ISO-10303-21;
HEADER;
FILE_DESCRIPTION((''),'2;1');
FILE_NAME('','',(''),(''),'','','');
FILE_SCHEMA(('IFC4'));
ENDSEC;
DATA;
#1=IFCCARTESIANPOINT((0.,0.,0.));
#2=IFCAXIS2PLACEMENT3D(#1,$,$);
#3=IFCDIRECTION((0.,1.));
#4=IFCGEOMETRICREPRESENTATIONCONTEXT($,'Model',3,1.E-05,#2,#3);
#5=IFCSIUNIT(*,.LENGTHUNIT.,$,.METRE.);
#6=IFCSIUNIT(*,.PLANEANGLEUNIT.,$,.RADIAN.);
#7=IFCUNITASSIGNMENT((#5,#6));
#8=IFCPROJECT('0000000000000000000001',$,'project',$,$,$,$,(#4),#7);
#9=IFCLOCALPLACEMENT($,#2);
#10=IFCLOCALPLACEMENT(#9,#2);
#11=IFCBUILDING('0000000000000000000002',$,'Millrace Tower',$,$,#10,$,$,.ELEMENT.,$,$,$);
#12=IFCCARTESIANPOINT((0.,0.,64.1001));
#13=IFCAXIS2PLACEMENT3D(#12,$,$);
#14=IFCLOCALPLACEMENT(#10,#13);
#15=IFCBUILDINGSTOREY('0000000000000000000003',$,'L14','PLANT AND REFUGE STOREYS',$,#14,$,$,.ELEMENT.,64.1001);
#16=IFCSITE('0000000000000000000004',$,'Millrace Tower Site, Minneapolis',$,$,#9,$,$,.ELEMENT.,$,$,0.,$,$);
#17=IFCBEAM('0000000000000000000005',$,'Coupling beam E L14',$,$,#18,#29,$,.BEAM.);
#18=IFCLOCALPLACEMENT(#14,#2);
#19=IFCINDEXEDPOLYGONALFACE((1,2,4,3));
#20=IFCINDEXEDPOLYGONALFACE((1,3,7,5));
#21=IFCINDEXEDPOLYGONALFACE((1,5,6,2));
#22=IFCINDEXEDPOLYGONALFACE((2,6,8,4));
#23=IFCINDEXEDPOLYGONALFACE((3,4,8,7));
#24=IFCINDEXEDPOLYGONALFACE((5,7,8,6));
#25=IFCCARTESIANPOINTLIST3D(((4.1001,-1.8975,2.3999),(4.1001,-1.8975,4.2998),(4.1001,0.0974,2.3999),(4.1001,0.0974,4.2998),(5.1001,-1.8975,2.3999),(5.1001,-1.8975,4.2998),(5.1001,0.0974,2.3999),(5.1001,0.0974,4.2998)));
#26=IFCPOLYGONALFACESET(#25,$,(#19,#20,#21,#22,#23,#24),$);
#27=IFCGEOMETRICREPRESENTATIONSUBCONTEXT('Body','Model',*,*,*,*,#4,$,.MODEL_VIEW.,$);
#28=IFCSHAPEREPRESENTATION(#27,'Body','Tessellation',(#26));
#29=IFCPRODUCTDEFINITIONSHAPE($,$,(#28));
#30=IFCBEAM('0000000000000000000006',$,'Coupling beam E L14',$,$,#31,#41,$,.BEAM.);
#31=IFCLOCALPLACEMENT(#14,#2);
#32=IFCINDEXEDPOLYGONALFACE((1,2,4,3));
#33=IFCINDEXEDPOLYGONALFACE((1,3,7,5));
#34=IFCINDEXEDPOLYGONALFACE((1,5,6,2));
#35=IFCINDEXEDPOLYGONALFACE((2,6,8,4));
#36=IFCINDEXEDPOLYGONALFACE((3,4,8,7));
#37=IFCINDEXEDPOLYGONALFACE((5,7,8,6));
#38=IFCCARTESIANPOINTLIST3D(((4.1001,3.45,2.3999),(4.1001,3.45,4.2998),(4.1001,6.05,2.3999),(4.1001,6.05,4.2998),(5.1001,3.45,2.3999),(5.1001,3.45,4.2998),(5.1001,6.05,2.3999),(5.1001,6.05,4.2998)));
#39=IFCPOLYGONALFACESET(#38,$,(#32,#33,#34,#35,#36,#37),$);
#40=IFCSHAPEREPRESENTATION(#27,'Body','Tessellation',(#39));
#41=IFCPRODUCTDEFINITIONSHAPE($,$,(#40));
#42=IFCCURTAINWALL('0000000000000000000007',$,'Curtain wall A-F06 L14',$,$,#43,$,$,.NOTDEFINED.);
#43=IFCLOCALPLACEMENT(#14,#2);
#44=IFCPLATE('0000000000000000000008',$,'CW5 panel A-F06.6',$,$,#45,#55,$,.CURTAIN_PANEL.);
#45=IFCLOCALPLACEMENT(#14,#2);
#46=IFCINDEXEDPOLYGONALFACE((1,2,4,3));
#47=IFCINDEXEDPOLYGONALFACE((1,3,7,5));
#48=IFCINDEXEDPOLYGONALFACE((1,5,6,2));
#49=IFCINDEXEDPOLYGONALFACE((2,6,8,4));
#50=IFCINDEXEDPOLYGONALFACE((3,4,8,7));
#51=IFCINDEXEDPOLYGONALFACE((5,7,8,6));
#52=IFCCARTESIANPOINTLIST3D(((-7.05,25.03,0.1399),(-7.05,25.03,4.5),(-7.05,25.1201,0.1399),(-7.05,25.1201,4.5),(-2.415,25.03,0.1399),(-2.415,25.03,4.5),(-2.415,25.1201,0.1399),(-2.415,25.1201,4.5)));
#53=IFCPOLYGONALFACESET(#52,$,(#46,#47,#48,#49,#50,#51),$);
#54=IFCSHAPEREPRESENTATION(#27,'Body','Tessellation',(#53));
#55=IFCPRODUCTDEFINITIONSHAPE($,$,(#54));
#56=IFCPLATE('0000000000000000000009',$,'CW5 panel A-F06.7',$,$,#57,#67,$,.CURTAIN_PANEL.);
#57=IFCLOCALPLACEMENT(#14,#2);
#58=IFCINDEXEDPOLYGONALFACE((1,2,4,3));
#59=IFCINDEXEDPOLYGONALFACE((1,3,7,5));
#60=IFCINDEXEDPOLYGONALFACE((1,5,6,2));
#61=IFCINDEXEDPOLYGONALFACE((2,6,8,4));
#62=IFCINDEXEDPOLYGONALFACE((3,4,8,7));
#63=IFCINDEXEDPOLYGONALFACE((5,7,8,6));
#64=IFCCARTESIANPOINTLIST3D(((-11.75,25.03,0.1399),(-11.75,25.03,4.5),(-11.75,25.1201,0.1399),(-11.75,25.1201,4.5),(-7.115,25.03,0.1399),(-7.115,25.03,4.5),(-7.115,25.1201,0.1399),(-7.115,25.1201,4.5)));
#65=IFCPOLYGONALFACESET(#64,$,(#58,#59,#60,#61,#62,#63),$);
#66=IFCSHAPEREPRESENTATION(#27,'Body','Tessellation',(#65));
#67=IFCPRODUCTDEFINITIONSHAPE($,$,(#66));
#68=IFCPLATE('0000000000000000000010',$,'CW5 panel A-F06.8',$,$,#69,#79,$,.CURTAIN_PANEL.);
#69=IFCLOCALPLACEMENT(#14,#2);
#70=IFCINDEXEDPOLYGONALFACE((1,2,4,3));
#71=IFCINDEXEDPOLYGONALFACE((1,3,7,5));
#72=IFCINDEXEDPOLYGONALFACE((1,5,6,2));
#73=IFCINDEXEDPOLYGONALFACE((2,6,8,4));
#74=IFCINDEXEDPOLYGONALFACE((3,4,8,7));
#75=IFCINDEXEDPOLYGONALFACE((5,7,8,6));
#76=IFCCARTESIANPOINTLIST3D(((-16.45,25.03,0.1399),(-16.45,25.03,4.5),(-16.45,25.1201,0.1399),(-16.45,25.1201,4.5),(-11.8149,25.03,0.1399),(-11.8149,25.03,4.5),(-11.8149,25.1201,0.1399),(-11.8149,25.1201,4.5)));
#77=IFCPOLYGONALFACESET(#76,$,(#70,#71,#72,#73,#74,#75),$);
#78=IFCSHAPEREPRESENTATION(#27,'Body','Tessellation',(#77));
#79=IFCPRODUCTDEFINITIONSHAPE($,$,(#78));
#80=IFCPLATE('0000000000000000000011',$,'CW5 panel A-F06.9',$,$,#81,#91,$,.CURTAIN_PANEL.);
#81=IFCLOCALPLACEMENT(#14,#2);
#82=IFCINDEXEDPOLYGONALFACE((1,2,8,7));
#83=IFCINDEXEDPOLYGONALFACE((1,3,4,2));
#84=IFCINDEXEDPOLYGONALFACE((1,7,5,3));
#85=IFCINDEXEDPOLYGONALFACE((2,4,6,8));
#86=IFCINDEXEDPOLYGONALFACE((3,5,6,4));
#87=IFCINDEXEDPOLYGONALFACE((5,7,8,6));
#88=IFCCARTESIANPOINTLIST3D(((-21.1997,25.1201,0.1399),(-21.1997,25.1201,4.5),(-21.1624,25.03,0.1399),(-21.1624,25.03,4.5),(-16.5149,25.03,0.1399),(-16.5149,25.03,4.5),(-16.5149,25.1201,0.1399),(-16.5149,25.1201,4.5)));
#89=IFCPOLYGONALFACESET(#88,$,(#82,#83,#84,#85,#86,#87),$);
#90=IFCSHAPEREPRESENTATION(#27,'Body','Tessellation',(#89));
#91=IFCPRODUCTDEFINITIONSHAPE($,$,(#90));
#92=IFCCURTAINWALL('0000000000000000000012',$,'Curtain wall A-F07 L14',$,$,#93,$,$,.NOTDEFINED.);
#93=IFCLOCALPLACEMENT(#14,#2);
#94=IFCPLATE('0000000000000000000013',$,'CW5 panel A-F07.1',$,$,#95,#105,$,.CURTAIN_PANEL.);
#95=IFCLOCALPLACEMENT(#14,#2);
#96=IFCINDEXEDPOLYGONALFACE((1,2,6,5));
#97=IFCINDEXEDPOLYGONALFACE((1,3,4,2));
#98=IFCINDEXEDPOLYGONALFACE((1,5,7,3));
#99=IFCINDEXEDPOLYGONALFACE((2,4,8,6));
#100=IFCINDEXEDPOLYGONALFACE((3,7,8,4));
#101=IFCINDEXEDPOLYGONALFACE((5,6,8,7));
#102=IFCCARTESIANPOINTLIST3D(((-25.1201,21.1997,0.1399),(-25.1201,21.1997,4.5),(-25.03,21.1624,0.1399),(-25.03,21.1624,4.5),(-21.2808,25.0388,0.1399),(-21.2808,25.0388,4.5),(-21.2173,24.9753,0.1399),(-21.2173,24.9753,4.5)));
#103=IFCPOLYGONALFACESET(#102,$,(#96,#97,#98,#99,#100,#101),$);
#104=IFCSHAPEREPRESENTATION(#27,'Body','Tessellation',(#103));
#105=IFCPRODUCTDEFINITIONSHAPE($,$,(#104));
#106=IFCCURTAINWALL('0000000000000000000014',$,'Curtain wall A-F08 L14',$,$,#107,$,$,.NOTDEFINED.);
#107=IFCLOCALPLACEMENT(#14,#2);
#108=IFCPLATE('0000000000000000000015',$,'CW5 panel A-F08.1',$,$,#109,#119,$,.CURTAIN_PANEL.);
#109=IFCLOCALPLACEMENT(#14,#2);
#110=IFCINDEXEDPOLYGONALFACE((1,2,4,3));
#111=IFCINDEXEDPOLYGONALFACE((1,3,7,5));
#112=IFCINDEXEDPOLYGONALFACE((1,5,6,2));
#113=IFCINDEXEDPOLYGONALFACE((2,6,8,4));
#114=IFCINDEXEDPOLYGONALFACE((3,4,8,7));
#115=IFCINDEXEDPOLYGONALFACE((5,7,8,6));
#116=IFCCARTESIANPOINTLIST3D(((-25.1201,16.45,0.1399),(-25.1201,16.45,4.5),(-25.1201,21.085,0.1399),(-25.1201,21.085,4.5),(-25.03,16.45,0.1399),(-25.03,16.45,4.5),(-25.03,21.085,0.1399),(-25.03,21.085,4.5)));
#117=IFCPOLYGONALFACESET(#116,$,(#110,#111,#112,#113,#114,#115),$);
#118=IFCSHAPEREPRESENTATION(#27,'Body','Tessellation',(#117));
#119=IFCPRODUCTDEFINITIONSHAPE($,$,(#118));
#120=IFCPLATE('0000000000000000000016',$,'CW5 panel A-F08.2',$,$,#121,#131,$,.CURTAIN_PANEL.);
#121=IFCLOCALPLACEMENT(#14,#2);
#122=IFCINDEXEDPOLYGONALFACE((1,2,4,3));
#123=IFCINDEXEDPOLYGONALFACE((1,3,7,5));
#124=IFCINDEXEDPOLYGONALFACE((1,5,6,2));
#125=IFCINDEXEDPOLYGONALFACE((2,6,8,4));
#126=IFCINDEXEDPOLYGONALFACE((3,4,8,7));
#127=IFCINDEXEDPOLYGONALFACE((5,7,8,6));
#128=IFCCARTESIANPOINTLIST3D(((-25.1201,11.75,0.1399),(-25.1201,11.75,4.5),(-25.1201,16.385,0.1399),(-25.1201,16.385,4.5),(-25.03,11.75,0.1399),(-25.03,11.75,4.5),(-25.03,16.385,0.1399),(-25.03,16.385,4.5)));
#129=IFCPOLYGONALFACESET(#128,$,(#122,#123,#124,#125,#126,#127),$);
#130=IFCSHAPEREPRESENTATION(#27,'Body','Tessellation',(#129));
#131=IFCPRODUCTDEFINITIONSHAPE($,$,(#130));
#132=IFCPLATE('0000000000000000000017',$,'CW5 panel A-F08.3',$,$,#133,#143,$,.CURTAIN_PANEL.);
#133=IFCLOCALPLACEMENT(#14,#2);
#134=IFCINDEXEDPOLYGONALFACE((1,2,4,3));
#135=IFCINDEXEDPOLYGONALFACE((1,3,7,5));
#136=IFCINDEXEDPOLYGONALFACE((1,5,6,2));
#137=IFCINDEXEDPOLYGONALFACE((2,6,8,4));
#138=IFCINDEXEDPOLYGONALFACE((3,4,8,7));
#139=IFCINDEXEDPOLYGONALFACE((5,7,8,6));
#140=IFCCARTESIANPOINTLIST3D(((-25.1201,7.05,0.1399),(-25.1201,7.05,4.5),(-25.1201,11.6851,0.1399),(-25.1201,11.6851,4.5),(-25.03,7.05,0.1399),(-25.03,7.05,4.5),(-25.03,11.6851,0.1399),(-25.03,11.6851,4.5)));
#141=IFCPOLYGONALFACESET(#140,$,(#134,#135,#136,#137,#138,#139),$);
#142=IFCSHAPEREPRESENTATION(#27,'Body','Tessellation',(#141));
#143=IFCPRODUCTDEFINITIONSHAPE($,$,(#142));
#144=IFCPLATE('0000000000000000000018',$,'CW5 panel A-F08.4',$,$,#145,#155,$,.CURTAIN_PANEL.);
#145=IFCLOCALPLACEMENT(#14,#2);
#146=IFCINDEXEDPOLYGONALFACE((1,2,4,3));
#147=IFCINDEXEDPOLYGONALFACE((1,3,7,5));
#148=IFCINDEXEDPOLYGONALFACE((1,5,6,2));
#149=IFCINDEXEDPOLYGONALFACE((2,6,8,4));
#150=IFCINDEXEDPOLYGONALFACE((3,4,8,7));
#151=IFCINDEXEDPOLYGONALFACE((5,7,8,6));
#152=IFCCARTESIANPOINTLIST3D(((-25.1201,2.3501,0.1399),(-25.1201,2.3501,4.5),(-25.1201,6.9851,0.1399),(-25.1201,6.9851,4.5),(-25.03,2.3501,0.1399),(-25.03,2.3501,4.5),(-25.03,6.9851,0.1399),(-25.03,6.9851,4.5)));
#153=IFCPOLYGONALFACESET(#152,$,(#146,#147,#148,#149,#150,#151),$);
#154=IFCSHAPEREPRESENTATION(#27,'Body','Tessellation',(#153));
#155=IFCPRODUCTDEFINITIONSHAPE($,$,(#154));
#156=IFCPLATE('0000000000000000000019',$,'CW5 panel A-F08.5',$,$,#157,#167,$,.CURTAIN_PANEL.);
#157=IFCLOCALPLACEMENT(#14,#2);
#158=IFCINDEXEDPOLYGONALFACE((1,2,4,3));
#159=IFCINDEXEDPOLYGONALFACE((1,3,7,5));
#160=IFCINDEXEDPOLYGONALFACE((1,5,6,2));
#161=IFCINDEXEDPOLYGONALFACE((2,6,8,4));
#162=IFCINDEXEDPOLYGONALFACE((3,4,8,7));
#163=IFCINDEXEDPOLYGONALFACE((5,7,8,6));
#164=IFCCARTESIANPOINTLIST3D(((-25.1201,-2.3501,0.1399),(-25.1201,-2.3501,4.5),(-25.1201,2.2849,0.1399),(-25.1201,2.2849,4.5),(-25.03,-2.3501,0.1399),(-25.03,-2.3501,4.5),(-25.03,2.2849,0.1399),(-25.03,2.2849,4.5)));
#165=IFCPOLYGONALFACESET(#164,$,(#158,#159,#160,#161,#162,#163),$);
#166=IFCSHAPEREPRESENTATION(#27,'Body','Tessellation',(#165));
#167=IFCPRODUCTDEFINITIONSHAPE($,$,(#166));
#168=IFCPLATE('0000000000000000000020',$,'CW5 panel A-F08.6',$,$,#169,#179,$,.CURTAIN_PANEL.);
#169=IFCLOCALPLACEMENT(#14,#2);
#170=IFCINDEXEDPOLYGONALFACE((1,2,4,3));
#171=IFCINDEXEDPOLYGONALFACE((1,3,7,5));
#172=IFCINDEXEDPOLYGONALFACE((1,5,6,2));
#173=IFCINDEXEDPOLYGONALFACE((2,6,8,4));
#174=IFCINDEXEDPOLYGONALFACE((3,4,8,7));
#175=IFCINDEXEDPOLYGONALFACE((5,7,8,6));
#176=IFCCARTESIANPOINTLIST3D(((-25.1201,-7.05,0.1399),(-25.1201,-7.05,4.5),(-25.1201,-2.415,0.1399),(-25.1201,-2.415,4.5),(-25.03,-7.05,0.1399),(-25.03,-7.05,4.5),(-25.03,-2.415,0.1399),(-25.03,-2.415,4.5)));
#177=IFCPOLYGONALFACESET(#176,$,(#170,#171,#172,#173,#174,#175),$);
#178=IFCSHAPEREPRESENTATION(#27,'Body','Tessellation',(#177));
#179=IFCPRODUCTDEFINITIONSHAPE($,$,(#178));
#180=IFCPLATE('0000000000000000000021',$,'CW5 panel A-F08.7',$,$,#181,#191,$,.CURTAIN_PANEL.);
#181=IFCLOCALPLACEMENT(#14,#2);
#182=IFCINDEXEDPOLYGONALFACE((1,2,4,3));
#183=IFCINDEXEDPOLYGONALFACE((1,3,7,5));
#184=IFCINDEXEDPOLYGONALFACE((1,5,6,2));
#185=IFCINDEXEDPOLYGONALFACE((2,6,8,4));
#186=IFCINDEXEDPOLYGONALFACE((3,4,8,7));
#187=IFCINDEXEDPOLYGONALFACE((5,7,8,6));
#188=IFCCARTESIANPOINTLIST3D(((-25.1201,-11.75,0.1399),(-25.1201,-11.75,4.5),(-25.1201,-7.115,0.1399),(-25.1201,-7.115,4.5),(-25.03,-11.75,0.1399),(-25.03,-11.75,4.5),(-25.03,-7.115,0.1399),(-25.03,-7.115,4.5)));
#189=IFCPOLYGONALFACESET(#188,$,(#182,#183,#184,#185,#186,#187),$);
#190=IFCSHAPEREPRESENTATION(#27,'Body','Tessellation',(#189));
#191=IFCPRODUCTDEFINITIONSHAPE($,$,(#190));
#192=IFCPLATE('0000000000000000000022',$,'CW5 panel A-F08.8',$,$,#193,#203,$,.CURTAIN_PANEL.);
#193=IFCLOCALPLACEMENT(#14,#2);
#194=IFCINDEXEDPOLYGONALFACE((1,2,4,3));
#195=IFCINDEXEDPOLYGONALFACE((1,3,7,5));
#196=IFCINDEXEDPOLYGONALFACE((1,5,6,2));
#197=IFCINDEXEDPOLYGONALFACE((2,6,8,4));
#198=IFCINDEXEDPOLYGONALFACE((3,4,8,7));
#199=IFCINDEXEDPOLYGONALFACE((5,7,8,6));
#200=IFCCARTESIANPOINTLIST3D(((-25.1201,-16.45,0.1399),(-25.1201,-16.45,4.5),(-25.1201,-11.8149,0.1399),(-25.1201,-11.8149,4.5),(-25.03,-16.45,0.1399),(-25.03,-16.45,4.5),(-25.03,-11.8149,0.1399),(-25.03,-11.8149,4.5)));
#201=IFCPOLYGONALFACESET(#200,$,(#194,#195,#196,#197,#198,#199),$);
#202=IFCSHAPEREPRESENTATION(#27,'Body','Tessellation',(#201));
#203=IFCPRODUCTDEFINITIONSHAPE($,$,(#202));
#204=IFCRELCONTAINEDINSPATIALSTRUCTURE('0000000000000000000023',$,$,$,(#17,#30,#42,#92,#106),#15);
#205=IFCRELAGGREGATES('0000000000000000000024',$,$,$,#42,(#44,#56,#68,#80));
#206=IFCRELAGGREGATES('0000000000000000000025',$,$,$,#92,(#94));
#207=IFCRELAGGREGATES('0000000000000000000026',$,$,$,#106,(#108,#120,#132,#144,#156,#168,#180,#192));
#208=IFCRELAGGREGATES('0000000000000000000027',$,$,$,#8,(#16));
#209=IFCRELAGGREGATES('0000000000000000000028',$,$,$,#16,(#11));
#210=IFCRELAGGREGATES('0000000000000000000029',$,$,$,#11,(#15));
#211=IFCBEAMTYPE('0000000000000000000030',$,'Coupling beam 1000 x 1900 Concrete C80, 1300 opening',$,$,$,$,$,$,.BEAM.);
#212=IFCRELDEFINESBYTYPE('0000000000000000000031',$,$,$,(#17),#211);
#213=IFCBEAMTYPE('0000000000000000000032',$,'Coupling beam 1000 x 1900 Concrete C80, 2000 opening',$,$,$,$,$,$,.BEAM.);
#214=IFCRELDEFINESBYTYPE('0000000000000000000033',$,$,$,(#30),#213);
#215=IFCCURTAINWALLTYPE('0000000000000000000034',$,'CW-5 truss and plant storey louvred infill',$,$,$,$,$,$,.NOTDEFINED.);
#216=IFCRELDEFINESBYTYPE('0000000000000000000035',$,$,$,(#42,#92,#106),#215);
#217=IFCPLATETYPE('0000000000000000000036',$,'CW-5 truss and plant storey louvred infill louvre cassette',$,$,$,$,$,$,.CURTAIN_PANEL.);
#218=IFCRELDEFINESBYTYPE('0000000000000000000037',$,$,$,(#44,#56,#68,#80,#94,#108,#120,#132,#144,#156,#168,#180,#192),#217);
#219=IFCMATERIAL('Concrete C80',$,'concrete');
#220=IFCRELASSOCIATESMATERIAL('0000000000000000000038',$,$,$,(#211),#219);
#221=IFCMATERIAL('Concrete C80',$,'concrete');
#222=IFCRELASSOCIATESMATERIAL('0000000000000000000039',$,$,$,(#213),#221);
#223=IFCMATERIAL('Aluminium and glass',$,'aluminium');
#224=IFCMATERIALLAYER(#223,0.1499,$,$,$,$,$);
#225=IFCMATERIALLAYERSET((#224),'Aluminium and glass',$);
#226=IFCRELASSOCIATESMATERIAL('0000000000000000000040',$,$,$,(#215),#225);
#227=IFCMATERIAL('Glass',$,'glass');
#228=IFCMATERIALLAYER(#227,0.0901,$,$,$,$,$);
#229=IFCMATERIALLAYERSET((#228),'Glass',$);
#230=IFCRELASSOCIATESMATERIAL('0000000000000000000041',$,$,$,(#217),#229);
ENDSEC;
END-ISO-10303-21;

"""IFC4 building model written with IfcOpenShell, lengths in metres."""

from ifc_helpers import new_model, si_unit, direction, frame, origin, origin_2d, place, context, subcontext, project, spatial, polyline, rectangle, outline, extrude, material, layer, layer_set, material_profile, profile_set, type_object, element, aggregate, save


model = new_model("IFC4")

# Units and contexts
model_context = context("Model", 3, precision=1e-05, world=origin(), true_north=direction((0.0, 1.0)))
body_context = subcontext(model_context, "Body", "Model", "MODEL_VIEW")
ifc_project = project(units=[si_unit("LENGTHUNIT", "METRE"), si_unit("PLANEANGLEUNIT", "RADIAN")], contexts=[model_context])

# Site, building, storey
site_placement = place(None, origin())
site = spatial("IfcSite", under=ifc_project, at=site_placement, Name="Millrace Tower Site, Minneapolis", CompositionType="ELEMENT", RefElevation=0.0)
building_placement = place(site_placement, origin())
building = spatial("IfcBuilding", under=site, at=building_placement, Name="Millrace Tower", CompositionType="ELEMENT")
storey_placement = place(building_placement, frame((0.0, 0.0, 64.1001)))
storey = spatial("IfcBuildingStorey", under=building, at=storey_placement, Name="L14", Description="PLANT AND REFUGE STOREYS", CompositionType="ELEMENT", Elevation=64.1001)

# Beams
ifc_material_1 = material(Name="Concrete C80", Category="concrete")
ifc_material_profile_1 = material_profile(ifc_material_1, rectangle(XDim=1.0, YDim=1.8999, at=origin_2d()))
ifc_profile_set_1 = profile_set([ifc_material_profile_1], Name="Concrete C80")
beam_type_1 = type_object("IfcBeamType", Name="Coupling beam 1000 x 1900 Concrete C80, 1300 opening", PredefinedType="BEAM", material=ifc_profile_set_1)
beam_1_placement = place(storey_placement, frame((4.6001, 0.0974, 3.3499), z_axis=(0.0, -1.0, 0.0), x_axis=(1.0, 0.0, 0.0)))
element("IfcBeam", 1, at=beam_1_placement, inside=storey, type_object=beam_type_1, Name="Coupling beam E L14", PredefinedType="BEAM", context=body_context, shape_type="SweptSolid", body=[
    extrude(rectangle(XDim=1.0, YDim=1.8999, at=origin_2d()), origin(), (0.0, 0.0, 1.0), 1.9949),
])
ifc_material_2 = material(Name="Concrete C80", Category="concrete")
ifc_material_profile_2 = material_profile(ifc_material_2, rectangle(XDim=1.0, YDim=1.8999, at=origin_2d()))
ifc_profile_set_2 = profile_set([ifc_material_profile_2], Name="Concrete C80")
beam_type_2 = type_object("IfcBeamType", Name="Coupling beam 1000 x 1900 Concrete C80, 2000 opening", PredefinedType="BEAM", material=ifc_profile_set_2)
beam_2_placement = place(storey_placement, frame((4.6001, 6.05, 3.3499), z_axis=(0.0, -1.0, 0.0), x_axis=(1.0, 0.0, 0.0)))
element("IfcBeam", 2, at=beam_2_placement, inside=storey, type_object=beam_type_2, Name="Coupling beam E L14", PredefinedType="BEAM", context=body_context, shape_type="SweptSolid", body=[
    extrude(rectangle(XDim=1.0, YDim=1.8999, at=origin_2d()), origin(), (0.0, 0.0, 1.0), 2.6001),
])

# Curtain wall, plates
ifc_material_3 = material(Name="Aluminium and glass", Category="aluminium")
ifc_layer_1 = layer(ifc_material_3, 0.1499)
ifc_layer_set_1 = layer_set([ifc_layer_1], Name="Aluminium and glass")
curtain_wall_type = type_object("IfcCurtainWallType", Name="CW-5 truss and plant storey louvred infill", PredefinedType="NOTDEFINED", material=ifc_layer_set_1)
placement_1 = place(storey_placement, origin())
curtain_wall_1 = element("IfcCurtainWall", 3, at=placement_1, inside=storey, type_object=curtain_wall_type, Name="Curtain wall A-F06 L14", PredefinedType="NOTDEFINED")
ifc_material_4 = material(Name="Glass", Category="glass")
ifc_layer_2 = layer(ifc_material_4, 0.0901)
ifc_layer_set_2 = layer_set([ifc_layer_2], Name="Glass")
plate_type = type_object("IfcPlateType", Name="CW-5 truss and plant storey louvred infill louvre cassette", PredefinedType="CURTAIN_PANEL", material=ifc_layer_set_2)
placement_2 = place(storey_placement, frame((0.0, 0.0, 0.1399)))
plate_1 = element("IfcPlate", 4, at=placement_2, type_object=plate_type, Name="CW5 panel A-F06.6", PredefinedType="CURTAIN_PANEL", context=body_context, shape_type="SweptSolid", body=[
    extrude(outline(polyline([(-2.415, 25.1201), (-7.05, 25.1201), (-7.05, 25.03), (-2.415, 25.03), (-2.415, 25.1201)])), origin(), (0.0, 0.0, 1.0), 4.3601),
])
plate_2 = element("IfcPlate", 5, at=placement_2, type_object=plate_type, Name="CW5 panel A-F06.7", PredefinedType="CURTAIN_PANEL", context=body_context, shape_type="SweptSolid", body=[
    extrude(outline(polyline([(-7.115, 25.1201), (-11.75, 25.1201), (-11.75, 25.03), (-7.115, 25.03), (-7.115, 25.1201)])), origin(), (0.0, 0.0, 1.0), 4.3601),
])
plate_3 = element("IfcPlate", 6, at=placement_2, type_object=plate_type, Name="CW5 panel A-F06.8", PredefinedType="CURTAIN_PANEL", context=body_context, shape_type="SweptSolid", body=[
    extrude(outline(polyline([(-11.8149, 25.1201), (-16.45, 25.1201), (-16.45, 25.03), (-11.8149, 25.03), (-11.8149, 25.1201)])), origin(), (0.0, 0.0, 1.0), 4.3601),
])
plate_4 = element("IfcPlate", 7, at=placement_2, type_object=plate_type, Name="CW5 panel A-F06.9", PredefinedType="CURTAIN_PANEL", context=body_context, shape_type="SweptSolid", body=[
    extrude(outline(polyline([(-16.5149, 25.1201), (-21.1997, 25.1201), (-21.1624, 25.03), (-16.5149, 25.03), (-16.5149, 25.1201)])), origin(), (0.0, 0.0, 1.0), 4.3601),
])
aggregate(curtain_wall_1, [plate_1, plate_2, plate_3, plate_4])

# Curtain wall, plate
curtain_wall_2 = element("IfcCurtainWall", 8, at=placement_1, inside=storey, type_object=curtain_wall_type, Name="Curtain wall A-F07 L14", PredefinedType="NOTDEFINED")
plate_5 = element("IfcPlate", 9, at=placement_2, type_object=plate_type, Name="CW5 panel A-F07.1", PredefinedType="CURTAIN_PANEL", context=body_context, shape_type="SweptSolid", body=[
    extrude(outline(polyline([(-21.2808, 25.0388), (-25.1201, 21.1997), (-25.03, 21.1624), (-21.2173, 24.9753), (-21.2808, 25.0388)])), origin(), (0.0, 0.0, 1.0), 4.3601),
])
aggregate(curtain_wall_2, [plate_5])

# Curtain wall, plates
curtain_wall_3 = element("IfcCurtainWall", 10, at=placement_1, inside=storey, type_object=curtain_wall_type, Name="Curtain wall A-F08 L14", PredefinedType="NOTDEFINED")
plate_6 = element("IfcPlate", 11, at=placement_2, type_object=plate_type, Name="CW5 panel A-F08.1", PredefinedType="CURTAIN_PANEL", context=body_context, shape_type="SweptSolid", body=[
    extrude(outline(polyline([(-25.1201, 21.085), (-25.1201, 16.45), (-25.03, 16.45), (-25.03, 21.085), (-25.1201, 21.085)])), origin(), (0.0, 0.0, 1.0), 4.3601),
])
plate_7 = element("IfcPlate", 12, at=placement_2, type_object=plate_type, Name="CW5 panel A-F08.2", PredefinedType="CURTAIN_PANEL", context=body_context, shape_type="SweptSolid", body=[
    extrude(outline(polyline([(-25.1201, 16.385), (-25.1201, 11.75), (-25.03, 11.75), (-25.03, 16.385), (-25.1201, 16.385)])), origin(), (0.0, 0.0, 1.0), 4.3601),
])
plate_8 = element("IfcPlate", 13, at=placement_2, type_object=plate_type, Name="CW5 panel A-F08.3", PredefinedType="CURTAIN_PANEL", context=body_context, shape_type="SweptSolid", body=[
    extrude(outline(polyline([(-25.1201, 11.6851), (-25.1201, 7.05), (-25.03, 7.05), (-25.03, 11.6851), (-25.1201, 11.6851)])), origin(), (0.0, 0.0, 1.0), 4.3601),
])
plate_9 = element("IfcPlate", 14, at=placement_2, type_object=plate_type, Name="CW5 panel A-F08.4", PredefinedType="CURTAIN_PANEL", context=body_context, shape_type="SweptSolid", body=[
    extrude(outline(polyline([(-25.1201, 6.9851), (-25.1201, 2.3501), (-25.03, 2.3501), (-25.03, 6.9851), (-25.1201, 6.9851)])), origin(), (0.0, 0.0, 1.0), 4.3601),
])
plate_10 = element("IfcPlate", 15, at=placement_2, type_object=plate_type, Name="CW5 panel A-F08.5", PredefinedType="CURTAIN_PANEL", context=body_context, shape_type="SweptSolid", body=[
    extrude(outline(polyline([(-25.1201, 2.2849), (-25.1201, -2.3501), (-25.03, -2.3501), (-25.03, 2.2849), (-25.1201, 2.2849)])), origin(), (0.0, 0.0, 1.0), 4.3601),
])
plate_11 = element("IfcPlate", 16, at=placement_2, type_object=plate_type, Name="CW5 panel A-F08.6", PredefinedType="CURTAIN_PANEL", context=body_context, shape_type="SweptSolid", body=[
    extrude(outline(polyline([(-25.1201, -2.415), (-25.1201, -7.05), (-25.03, -7.05), (-25.03, -2.415), (-25.1201, -2.415)])), origin(), (0.0, 0.0, 1.0), 4.3601),
])
plate_12 = element("IfcPlate", 17, at=placement_2, type_object=plate_type, Name="CW5 panel A-F08.7", PredefinedType="CURTAIN_PANEL", context=body_context, shape_type="SweptSolid", body=[
    extrude(outline(polyline([(-25.1201, -7.115), (-25.1201, -11.75), (-25.03, -11.75), (-25.03, -7.115), (-25.1201, -7.115)])), origin(), (0.0, 0.0, 1.0), 4.3601),
])
plate_13 = element("IfcPlate", 18, at=placement_2, type_object=plate_type, Name="CW5 panel A-F08.8", PredefinedType="CURTAIN_PANEL", context=body_context, shape_type="SweptSolid", body=[
    extrude(outline(polyline([(-25.1201, -11.8149), (-25.1201, -16.45), (-25.03, -16.45), (-25.03, -11.8149), (-25.1201, -11.8149)])), origin(), (0.0, 0.0, 1.0), 4.3601),
])
aggregate(curtain_wall_3, [plate_6, plate_7, plate_8, plate_9, plate_10, plate_11, plate_12, plate_13])

save(model, "model.ifc")
